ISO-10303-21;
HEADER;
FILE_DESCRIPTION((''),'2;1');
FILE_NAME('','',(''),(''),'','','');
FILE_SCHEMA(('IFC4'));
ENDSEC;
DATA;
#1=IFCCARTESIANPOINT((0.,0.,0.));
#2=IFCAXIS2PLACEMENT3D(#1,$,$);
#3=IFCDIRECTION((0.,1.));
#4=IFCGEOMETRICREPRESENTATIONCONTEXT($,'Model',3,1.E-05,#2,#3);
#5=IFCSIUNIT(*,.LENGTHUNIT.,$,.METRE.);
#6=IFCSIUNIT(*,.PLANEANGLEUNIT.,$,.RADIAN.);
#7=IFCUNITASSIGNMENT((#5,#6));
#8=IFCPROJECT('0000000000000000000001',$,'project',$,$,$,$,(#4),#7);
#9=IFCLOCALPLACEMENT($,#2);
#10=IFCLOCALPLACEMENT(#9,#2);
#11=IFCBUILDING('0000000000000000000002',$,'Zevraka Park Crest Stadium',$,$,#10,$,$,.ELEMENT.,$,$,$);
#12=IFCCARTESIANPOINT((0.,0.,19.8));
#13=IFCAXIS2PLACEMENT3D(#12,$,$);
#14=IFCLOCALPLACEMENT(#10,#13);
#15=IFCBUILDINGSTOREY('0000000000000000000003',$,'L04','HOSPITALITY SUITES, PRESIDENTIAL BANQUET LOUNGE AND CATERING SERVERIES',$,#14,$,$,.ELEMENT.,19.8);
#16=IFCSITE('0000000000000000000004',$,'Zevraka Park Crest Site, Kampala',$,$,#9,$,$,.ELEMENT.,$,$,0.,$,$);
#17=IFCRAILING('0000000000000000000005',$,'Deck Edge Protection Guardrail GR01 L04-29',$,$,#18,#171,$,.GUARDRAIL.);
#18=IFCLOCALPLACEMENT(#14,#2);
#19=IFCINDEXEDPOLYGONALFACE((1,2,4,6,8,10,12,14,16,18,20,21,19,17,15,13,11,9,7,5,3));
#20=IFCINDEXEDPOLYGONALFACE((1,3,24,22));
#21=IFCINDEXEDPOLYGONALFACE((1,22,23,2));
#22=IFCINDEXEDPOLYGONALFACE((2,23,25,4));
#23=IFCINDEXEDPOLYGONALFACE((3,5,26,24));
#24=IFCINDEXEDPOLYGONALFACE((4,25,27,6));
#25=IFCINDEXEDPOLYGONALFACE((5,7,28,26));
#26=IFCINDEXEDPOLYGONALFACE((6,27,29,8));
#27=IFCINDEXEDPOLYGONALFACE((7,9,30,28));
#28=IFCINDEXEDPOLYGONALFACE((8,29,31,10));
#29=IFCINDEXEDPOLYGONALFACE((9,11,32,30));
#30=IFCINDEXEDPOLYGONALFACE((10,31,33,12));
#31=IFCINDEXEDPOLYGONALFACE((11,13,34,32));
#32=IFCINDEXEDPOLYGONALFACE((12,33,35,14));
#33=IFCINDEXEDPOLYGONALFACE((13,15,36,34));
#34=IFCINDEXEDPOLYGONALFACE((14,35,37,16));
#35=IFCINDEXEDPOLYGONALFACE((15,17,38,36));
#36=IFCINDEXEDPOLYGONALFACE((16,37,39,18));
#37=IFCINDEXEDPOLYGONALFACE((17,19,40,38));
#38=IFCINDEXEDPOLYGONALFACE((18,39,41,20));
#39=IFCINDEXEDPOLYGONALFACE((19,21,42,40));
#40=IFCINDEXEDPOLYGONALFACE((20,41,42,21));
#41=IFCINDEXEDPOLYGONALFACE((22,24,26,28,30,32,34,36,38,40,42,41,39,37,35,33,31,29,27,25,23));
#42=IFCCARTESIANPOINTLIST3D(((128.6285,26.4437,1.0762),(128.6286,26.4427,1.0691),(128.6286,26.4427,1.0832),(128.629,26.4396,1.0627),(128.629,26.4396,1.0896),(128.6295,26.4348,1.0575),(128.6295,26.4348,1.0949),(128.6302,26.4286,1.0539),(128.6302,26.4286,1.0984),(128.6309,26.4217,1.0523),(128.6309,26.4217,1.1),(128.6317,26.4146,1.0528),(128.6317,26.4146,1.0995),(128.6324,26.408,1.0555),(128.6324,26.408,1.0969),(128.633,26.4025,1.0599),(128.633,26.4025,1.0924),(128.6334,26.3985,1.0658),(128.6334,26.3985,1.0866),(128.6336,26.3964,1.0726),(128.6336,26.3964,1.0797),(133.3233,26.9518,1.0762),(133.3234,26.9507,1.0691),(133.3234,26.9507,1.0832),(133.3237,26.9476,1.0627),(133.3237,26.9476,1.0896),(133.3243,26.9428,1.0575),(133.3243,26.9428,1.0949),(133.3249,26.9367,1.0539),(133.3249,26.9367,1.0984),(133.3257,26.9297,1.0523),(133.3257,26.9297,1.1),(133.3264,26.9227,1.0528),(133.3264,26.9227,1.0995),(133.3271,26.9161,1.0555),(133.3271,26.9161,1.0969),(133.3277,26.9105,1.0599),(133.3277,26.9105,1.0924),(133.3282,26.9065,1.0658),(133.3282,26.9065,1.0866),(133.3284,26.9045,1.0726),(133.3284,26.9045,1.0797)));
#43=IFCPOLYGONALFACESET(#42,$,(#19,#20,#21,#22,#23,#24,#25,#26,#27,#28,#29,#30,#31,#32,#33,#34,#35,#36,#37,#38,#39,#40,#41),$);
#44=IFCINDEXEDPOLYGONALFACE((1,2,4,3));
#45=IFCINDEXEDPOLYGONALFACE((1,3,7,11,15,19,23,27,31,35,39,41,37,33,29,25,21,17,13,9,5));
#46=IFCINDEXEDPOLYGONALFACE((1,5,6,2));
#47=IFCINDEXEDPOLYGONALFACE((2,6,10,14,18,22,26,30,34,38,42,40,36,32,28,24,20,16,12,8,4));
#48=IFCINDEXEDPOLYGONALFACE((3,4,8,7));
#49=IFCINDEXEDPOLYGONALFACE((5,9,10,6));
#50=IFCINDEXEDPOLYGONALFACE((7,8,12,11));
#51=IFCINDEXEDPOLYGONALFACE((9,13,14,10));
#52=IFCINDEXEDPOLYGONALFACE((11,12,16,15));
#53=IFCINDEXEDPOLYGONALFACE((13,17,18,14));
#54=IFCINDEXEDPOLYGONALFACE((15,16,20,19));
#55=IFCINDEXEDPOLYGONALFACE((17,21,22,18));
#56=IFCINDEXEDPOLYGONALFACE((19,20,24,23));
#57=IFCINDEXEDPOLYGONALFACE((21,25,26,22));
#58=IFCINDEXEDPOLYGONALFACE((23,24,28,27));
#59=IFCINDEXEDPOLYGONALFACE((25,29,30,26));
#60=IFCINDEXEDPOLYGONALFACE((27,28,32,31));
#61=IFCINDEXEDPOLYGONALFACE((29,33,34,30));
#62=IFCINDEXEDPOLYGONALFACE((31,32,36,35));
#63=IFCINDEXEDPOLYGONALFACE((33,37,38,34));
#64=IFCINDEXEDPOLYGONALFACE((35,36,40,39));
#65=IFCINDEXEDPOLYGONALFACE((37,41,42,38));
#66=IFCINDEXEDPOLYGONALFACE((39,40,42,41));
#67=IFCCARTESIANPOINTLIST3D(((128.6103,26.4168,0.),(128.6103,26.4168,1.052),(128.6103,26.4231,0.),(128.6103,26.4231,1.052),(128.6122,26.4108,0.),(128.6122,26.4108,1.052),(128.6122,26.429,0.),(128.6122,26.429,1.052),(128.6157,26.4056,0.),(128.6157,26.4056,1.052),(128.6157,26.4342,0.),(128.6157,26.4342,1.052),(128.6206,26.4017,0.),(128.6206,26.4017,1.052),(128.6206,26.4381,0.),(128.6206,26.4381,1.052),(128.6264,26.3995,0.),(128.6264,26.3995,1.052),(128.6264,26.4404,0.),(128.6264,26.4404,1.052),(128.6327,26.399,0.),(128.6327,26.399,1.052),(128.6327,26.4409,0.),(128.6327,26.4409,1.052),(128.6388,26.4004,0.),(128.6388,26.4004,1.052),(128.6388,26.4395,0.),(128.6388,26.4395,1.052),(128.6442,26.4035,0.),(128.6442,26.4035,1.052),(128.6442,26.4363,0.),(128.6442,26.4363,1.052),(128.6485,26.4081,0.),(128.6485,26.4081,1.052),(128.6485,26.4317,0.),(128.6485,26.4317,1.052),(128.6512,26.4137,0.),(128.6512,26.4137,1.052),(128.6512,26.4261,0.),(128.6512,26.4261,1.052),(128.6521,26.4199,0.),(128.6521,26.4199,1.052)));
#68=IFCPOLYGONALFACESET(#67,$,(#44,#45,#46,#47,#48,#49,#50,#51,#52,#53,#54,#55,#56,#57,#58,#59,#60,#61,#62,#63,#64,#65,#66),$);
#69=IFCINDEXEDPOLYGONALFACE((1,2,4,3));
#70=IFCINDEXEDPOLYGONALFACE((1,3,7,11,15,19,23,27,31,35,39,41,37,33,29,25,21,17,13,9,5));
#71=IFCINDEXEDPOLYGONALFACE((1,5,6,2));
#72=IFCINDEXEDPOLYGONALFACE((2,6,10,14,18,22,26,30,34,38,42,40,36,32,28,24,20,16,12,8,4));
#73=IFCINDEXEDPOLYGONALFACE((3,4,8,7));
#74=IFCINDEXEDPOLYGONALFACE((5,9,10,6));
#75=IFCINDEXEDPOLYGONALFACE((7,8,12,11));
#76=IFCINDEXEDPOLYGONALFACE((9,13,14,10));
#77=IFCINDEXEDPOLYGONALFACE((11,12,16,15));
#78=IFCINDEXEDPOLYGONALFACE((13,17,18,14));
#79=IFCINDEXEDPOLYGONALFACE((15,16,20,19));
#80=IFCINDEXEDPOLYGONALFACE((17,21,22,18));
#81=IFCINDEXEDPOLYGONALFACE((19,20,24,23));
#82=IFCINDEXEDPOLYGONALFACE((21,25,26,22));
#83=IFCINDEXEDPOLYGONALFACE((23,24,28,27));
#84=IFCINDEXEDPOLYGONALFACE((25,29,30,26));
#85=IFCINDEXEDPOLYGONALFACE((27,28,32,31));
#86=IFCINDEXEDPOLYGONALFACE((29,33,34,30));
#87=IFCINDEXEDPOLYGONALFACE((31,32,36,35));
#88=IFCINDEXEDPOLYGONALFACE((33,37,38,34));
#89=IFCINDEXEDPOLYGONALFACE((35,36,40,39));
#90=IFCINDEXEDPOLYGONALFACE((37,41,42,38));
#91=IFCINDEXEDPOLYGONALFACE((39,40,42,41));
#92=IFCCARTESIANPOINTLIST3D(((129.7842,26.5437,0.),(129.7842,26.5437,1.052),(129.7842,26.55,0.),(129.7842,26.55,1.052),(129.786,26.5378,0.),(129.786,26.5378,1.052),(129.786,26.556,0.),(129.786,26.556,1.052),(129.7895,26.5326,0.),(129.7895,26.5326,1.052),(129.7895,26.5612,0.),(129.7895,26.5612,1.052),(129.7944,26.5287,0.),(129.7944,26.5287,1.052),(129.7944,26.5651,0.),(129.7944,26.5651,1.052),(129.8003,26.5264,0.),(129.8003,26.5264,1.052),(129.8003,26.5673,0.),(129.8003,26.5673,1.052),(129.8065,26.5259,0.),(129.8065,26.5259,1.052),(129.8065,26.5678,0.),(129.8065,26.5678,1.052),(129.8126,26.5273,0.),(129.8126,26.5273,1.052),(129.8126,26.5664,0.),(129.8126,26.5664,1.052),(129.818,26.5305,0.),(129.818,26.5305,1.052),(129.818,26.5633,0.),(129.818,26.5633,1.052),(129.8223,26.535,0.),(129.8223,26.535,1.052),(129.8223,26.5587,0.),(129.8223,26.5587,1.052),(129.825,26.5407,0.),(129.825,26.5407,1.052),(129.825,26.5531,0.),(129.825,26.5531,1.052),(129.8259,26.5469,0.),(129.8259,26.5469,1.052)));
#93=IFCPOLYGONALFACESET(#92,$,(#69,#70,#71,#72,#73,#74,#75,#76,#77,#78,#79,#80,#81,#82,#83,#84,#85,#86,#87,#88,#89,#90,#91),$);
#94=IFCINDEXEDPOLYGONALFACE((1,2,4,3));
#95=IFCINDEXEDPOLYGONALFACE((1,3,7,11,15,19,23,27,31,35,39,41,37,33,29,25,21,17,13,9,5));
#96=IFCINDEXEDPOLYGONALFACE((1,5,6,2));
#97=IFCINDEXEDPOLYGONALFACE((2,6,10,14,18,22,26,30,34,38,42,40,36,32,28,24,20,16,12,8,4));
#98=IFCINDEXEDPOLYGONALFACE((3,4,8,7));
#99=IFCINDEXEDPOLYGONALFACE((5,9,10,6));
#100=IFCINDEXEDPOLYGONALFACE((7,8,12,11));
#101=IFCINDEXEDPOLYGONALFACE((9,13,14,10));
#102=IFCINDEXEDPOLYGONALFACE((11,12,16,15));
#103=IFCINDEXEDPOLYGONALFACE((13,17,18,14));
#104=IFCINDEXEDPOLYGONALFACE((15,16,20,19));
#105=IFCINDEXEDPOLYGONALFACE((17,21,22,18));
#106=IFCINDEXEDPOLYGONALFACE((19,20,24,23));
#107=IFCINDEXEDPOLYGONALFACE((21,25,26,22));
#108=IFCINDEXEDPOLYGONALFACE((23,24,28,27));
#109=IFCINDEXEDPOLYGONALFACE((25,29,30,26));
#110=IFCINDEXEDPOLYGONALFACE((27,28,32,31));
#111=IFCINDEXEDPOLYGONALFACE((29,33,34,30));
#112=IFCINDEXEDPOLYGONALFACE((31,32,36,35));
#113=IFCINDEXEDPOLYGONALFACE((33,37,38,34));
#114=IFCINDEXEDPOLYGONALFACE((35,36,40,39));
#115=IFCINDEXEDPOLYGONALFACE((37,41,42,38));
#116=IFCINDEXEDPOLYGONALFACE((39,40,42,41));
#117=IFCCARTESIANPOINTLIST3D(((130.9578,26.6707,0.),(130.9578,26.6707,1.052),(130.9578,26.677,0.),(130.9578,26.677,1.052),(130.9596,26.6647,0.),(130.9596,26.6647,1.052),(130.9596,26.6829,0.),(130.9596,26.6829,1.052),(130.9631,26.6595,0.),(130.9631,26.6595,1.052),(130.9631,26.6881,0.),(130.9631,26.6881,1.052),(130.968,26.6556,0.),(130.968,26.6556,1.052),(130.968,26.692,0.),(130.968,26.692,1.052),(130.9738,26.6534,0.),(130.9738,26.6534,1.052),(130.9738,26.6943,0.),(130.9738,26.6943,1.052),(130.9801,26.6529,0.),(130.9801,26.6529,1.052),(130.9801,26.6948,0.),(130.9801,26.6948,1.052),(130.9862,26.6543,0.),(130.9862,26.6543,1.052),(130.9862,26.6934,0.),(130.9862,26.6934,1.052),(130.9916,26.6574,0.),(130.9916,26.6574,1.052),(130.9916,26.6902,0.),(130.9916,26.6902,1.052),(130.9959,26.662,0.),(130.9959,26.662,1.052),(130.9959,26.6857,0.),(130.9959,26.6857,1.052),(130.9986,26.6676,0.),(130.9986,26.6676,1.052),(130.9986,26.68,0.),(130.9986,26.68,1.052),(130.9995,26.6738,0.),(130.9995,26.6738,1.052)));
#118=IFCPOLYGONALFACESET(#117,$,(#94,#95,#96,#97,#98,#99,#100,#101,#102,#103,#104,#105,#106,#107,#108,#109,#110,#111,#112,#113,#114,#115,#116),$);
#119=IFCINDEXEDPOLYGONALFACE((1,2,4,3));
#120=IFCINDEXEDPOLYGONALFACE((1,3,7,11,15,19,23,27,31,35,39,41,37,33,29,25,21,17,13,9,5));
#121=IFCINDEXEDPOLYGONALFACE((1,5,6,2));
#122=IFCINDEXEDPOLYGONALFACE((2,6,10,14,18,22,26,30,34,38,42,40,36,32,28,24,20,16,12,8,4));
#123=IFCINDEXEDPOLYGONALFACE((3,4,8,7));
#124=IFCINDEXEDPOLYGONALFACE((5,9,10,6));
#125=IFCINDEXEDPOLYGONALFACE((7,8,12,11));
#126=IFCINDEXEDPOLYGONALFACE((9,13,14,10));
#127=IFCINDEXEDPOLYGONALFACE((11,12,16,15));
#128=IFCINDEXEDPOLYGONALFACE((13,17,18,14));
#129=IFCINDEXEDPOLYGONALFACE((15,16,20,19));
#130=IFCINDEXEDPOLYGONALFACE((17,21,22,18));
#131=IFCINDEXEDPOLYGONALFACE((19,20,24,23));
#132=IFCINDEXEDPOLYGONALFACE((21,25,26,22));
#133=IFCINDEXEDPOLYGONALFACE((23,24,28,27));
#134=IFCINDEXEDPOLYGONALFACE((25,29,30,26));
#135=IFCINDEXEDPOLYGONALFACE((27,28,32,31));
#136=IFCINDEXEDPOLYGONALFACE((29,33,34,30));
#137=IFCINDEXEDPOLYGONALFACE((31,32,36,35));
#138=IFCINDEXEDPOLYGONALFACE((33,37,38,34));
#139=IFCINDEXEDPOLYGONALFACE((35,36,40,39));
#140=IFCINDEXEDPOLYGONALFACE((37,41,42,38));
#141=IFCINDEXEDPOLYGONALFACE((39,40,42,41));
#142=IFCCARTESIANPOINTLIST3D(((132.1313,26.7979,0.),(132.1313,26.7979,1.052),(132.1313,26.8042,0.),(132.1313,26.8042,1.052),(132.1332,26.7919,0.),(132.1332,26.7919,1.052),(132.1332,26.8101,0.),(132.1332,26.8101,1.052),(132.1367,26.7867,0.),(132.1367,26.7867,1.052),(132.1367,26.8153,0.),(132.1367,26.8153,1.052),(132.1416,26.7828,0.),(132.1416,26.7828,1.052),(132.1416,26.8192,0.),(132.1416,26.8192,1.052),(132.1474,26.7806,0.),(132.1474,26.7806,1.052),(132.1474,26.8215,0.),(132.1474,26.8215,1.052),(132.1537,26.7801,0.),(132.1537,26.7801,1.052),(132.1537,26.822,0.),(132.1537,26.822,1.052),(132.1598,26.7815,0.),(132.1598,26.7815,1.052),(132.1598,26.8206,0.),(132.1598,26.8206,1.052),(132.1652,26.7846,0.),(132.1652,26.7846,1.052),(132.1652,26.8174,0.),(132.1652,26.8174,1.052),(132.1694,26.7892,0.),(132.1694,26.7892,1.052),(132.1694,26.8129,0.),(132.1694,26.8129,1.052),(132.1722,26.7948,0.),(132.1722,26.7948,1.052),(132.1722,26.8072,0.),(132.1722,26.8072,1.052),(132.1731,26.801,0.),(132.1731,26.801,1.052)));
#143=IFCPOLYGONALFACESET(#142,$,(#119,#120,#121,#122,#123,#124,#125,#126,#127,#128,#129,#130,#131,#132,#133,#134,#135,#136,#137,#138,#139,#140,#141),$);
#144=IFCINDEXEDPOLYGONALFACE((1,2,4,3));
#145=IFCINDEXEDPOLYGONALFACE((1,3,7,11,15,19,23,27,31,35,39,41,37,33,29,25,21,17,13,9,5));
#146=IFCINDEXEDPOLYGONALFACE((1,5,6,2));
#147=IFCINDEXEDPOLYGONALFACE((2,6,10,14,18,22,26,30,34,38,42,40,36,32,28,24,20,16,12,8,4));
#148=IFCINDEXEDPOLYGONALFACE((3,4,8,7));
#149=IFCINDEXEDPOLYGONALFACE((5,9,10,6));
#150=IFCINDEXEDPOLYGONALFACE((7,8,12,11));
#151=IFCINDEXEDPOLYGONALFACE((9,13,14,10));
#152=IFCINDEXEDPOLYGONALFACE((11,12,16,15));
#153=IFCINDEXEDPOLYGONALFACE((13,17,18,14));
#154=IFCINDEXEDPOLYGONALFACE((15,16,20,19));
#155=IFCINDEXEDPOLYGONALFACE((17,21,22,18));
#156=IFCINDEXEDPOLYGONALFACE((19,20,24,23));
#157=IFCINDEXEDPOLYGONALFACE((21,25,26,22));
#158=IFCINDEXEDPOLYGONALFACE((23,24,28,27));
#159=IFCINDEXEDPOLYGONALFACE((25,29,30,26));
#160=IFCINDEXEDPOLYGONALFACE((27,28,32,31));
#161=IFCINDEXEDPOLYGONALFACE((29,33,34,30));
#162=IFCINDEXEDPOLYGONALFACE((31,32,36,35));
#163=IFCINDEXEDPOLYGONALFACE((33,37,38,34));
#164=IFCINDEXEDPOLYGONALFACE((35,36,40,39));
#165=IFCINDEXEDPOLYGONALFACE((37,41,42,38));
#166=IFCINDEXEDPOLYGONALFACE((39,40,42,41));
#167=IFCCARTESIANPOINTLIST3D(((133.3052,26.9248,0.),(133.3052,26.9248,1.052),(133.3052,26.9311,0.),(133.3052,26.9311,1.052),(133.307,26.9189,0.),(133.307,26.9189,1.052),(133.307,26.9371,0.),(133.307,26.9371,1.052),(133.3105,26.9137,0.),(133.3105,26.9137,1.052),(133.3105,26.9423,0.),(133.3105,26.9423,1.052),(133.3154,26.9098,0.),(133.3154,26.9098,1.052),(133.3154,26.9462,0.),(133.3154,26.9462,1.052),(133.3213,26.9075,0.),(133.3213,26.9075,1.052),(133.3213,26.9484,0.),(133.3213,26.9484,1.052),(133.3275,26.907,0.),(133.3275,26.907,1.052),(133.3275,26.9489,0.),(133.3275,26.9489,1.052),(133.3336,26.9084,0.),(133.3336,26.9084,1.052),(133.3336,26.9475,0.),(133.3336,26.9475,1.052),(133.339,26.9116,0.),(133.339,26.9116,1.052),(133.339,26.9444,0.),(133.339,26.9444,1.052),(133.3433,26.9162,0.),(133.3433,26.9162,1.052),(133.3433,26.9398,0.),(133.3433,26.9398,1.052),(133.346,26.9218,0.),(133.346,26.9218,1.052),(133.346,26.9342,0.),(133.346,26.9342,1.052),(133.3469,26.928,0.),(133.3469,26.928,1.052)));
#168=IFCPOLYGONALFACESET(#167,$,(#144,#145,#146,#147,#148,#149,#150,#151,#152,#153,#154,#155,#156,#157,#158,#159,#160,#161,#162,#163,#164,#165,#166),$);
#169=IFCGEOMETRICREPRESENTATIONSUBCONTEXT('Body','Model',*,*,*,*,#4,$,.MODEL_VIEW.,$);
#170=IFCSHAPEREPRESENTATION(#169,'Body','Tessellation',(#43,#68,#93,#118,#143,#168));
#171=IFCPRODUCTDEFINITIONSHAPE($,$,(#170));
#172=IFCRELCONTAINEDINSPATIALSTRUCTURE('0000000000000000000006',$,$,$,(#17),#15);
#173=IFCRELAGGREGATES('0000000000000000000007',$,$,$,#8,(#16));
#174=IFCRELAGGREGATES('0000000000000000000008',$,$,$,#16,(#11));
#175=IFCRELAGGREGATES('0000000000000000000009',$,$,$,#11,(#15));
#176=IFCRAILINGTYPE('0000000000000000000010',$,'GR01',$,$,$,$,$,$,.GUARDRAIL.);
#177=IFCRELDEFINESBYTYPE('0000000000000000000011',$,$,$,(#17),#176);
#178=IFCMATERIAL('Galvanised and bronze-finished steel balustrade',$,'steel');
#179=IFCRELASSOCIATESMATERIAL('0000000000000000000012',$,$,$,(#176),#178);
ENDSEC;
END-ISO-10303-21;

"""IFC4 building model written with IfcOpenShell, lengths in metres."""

from ifc_helpers import new_model, si_unit, direction, frame, origin, origin_2d, place, context, subcontext, project, spatial, circle, extrude, material, type_object, element, save


model = new_model("IFC4")

# Units and contexts
model_context = context("Model", 3, precision=1e-05, world=origin(), true_north=direction((0.0, 1.0)))
body_context = subcontext(model_context, "Body", "Model", "MODEL_VIEW")
ifc_project = project(units=[si_unit("LENGTHUNIT", "METRE"), si_unit("PLANEANGLEUNIT", "RADIAN")], contexts=[model_context])

# Site, building, storey
site_placement = place(None, origin())
site = spatial("IfcSite", under=ifc_project, at=site_placement, Name="Zevraka Park Crest Site, Kampala", CompositionType="ELEMENT", RefElevation=0.0)
building_placement = place(site_placement, origin())
building = spatial("IfcBuilding", under=site, at=building_placement, Name="Zevraka Park Crest Stadium", CompositionType="ELEMENT")
storey_placement = place(building_placement, frame((0.0, 0.0, 19.8)))
storey = spatial("IfcBuildingStorey", under=building, at=storey_placement, Name="L04", Description="HOSPITALITY SUITES, PRESIDENTIAL BANQUET LOUNGE AND CATERING SERVERIES", CompositionType="ELEMENT", Elevation=19.8)

# Railing
ifc_material_1 = material(Name="Galvanised and bronze-finished steel balustrade", Category="steel")
railing_type_1 = type_object("IfcRailingType", Name="GR01", PredefinedType="GUARDRAIL", material=ifc_material_1)
railing_1_placement = place(storey_placement, frame((128.6311, 26.4199, 0.0)))
element("IfcRailing", 1, at=railing_1_placement, inside=storey, type_object=railing_type_1, Name="Deck Edge Protection Guardrail GR01 L04-29", PredefinedType="GUARDRAIL", context=body_context, shape_type="SweptSolid", body=[
    extrude(circle(Radius=0.0239, at=origin_2d()), frame((0.0, 0.0, 1.0762), z_axis=(0.994196, 0.107588, 0.0), x_axis=(-0.107588, 0.994196, 0.0)), (0.0, 0.0, 1.0), 4.7222),
    extrude(circle(Radius=0.021, at=origin_2d()), origin(), (0.0, 0.0, 1.0), 1.052),
    extrude(circle(Radius=0.021, at=origin_2d()), frame((1.1738, 0.127, 0.0)), (0.0, 0.0, 1.0), 1.052),
    extrude(circle(Radius=0.021, at=origin_2d()), frame((2.3474, 0.2539, 0.0)), (0.0, 0.0, 1.0), 1.052),
    extrude(circle(Radius=0.021, at=origin_2d()), frame((3.521, 0.3811, 0.0)), (0.0, 0.0, 1.0), 1.052),
    extrude(circle(Radius=0.021, at=origin_2d()), frame((4.6948, 0.5081, 0.0)), (0.0, 0.0, 1.0), 1.052),
])

save(model, "model.ifc")
